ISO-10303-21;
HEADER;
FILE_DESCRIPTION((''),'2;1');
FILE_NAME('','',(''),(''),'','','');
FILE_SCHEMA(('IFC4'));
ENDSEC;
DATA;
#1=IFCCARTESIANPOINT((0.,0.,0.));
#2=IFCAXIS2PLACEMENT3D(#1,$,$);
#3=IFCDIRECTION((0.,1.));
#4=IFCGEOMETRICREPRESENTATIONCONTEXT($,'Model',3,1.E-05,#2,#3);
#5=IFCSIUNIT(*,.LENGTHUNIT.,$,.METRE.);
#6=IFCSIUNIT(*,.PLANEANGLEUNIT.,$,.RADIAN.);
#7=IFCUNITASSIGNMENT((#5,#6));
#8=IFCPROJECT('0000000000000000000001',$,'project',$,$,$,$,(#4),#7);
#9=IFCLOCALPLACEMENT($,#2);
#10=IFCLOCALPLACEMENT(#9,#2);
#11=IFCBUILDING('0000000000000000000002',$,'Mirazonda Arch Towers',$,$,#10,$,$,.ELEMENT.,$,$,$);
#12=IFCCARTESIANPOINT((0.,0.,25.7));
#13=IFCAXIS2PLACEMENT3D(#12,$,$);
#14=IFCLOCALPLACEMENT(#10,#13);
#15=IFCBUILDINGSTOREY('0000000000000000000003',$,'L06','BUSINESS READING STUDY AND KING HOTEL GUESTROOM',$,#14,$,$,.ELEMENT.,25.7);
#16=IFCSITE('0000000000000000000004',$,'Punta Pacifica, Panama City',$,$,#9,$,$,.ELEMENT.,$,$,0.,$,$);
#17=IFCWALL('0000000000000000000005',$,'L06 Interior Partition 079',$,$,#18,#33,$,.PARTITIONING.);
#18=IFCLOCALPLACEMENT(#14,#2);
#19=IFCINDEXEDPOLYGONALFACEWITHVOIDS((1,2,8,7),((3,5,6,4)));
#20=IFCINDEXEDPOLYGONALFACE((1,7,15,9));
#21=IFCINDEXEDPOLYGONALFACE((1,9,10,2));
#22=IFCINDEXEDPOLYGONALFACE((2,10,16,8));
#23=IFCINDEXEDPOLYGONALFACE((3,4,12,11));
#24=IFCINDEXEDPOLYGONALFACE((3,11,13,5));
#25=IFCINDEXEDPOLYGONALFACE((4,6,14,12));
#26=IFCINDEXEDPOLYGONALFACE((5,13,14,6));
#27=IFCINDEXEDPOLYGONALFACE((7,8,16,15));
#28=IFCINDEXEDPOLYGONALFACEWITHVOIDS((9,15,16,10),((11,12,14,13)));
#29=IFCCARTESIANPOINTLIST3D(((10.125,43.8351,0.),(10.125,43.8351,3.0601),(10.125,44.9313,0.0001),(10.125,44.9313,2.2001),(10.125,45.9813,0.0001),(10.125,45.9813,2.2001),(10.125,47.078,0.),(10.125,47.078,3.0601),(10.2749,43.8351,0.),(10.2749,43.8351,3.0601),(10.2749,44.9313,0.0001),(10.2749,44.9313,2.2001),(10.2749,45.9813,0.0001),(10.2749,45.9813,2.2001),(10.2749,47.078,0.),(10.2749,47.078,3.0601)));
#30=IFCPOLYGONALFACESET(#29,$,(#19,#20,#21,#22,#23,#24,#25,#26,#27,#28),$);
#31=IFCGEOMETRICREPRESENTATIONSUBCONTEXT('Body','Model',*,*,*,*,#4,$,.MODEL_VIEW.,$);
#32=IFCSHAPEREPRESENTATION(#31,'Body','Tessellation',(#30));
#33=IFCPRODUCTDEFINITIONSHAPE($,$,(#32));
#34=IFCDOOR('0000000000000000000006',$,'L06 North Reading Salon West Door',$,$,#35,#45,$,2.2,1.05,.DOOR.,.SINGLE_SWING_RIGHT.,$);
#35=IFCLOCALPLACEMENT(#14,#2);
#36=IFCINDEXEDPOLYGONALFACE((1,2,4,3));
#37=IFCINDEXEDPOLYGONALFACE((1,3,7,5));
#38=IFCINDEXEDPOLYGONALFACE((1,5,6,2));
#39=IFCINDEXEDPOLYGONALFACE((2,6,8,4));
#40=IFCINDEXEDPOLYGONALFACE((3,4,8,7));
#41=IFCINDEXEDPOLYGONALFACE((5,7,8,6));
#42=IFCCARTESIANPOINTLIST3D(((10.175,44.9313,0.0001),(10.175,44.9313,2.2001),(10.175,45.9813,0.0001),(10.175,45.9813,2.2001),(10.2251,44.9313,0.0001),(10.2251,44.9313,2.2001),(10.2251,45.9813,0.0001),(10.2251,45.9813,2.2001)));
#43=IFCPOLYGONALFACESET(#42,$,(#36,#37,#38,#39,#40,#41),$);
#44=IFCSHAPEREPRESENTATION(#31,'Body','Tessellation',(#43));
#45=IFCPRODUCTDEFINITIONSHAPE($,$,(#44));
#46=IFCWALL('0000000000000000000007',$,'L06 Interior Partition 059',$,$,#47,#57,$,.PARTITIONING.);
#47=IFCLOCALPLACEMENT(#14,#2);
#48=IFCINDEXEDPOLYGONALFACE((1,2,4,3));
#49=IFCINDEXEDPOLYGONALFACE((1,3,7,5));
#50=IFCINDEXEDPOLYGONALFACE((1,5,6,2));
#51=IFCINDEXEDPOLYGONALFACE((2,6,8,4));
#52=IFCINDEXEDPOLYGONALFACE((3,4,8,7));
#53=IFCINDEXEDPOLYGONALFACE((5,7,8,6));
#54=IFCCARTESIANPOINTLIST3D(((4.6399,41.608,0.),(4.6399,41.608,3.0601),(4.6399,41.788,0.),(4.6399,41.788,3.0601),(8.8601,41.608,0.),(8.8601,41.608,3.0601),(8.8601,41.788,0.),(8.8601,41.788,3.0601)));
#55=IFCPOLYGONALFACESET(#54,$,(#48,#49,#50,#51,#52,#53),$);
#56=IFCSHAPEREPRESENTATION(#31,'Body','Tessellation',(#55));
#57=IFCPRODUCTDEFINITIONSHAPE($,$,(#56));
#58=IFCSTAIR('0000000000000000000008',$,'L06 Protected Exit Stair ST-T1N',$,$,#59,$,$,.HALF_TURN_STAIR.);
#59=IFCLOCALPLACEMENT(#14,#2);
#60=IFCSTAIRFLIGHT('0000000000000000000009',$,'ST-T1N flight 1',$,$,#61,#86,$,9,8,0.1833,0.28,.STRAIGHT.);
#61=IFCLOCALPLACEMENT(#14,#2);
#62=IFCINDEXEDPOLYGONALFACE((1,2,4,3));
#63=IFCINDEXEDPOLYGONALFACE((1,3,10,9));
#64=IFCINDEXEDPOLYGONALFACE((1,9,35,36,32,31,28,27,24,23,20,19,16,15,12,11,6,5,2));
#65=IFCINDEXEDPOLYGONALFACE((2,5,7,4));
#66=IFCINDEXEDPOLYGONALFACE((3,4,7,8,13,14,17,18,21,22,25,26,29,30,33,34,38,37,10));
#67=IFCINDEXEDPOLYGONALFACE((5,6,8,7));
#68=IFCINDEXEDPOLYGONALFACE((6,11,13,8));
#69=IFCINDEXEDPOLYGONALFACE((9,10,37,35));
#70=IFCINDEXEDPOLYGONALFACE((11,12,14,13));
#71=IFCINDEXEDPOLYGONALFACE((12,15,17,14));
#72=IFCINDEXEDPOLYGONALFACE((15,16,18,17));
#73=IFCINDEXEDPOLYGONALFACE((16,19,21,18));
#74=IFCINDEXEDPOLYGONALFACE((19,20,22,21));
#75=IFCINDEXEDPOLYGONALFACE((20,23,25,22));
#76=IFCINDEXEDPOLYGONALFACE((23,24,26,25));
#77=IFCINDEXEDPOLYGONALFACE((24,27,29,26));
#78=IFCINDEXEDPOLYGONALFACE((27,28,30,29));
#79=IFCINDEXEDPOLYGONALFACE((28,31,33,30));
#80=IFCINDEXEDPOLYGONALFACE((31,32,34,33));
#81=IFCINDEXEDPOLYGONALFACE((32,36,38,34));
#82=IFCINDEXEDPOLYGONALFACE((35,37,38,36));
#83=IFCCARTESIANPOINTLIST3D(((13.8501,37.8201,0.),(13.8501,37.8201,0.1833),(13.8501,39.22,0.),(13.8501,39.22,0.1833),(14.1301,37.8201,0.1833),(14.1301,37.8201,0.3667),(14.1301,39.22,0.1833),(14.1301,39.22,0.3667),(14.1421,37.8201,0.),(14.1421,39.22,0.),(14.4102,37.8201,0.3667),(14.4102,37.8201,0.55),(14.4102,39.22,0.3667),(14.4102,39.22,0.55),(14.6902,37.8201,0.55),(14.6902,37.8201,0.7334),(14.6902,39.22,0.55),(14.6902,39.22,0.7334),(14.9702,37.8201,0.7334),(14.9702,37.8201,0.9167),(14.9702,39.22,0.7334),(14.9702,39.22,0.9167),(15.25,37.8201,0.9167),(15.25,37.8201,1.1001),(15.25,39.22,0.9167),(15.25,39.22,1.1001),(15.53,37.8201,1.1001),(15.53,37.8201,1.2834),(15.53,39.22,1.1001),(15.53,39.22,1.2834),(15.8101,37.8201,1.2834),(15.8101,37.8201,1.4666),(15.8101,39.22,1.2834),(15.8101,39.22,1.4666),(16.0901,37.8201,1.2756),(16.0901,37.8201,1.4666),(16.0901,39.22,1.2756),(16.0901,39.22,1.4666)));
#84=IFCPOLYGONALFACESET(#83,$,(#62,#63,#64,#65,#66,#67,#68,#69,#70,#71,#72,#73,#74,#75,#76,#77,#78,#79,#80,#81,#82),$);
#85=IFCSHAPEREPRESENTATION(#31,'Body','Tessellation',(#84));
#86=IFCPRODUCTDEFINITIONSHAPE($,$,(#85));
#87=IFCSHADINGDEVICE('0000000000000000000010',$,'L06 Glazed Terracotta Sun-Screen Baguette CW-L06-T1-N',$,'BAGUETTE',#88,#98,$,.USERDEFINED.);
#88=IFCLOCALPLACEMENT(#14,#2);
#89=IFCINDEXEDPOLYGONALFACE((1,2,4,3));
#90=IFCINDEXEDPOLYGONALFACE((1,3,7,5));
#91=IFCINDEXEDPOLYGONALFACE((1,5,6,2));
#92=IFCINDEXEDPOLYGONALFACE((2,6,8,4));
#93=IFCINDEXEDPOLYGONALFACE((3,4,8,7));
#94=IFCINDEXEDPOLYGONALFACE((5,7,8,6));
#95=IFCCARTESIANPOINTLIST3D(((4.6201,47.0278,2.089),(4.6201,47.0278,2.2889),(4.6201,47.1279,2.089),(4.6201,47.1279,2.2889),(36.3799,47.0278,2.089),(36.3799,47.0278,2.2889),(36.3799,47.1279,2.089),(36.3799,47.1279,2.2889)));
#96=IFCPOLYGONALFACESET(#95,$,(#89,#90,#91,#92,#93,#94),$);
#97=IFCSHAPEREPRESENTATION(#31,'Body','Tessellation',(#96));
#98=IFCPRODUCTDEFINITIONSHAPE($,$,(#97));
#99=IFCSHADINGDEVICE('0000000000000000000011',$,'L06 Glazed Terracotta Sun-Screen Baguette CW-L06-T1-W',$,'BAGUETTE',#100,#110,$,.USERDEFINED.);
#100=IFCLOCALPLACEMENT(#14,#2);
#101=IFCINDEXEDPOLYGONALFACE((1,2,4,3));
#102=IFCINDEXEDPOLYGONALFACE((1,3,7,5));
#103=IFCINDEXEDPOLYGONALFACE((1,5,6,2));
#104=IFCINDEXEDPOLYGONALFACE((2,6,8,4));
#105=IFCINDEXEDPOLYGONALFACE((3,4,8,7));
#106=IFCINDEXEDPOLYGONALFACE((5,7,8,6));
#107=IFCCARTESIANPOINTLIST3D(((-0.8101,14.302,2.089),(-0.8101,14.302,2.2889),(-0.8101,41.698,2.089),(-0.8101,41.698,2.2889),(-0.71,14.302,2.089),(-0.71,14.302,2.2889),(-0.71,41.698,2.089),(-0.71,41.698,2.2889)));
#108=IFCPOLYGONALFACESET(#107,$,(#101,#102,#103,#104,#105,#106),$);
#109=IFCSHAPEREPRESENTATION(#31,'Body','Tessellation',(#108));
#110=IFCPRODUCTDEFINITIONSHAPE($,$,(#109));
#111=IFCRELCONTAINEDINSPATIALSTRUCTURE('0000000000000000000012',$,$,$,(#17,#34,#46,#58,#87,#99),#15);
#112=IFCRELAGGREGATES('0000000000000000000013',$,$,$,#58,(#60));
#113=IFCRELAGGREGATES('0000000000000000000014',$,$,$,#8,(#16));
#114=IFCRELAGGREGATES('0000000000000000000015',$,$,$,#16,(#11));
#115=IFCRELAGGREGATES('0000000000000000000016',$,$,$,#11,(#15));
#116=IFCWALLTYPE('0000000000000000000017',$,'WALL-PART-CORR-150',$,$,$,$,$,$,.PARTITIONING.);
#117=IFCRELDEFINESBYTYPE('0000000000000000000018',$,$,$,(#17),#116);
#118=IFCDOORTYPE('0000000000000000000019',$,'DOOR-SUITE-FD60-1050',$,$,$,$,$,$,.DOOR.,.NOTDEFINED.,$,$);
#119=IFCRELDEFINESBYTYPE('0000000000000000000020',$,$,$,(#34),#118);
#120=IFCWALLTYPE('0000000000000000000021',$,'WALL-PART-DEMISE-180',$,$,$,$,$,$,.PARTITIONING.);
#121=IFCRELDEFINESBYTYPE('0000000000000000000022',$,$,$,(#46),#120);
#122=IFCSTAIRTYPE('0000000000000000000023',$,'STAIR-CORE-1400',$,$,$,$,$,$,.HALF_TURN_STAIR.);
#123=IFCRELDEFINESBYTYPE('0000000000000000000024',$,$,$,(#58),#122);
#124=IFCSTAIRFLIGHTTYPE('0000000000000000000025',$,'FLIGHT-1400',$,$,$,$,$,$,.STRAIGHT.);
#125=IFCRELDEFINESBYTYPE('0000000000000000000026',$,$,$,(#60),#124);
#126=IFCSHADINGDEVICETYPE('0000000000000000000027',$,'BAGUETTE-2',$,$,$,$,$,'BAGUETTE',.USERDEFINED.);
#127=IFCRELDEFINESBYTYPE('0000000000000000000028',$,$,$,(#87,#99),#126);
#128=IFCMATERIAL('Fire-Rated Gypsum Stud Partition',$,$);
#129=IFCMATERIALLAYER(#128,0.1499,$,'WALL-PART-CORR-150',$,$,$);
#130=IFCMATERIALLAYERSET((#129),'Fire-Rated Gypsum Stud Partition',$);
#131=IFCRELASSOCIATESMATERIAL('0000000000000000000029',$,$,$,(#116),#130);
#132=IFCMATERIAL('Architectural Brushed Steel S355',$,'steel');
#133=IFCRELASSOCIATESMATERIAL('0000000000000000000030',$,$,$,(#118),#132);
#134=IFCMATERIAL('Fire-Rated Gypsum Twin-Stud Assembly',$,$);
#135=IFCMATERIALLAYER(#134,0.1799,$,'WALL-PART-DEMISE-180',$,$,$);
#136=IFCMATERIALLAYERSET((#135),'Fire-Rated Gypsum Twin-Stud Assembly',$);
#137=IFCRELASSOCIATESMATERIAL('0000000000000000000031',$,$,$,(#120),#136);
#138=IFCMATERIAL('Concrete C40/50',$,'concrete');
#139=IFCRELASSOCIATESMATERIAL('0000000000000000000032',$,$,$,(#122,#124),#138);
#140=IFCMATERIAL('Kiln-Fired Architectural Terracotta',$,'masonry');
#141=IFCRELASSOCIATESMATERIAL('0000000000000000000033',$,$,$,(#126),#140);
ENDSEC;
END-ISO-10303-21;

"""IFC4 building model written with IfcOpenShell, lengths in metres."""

from ifc_helpers import new_model, si_unit, direction, frame, frame_2d, origin, origin_2d, place, context, subcontext, project, spatial, polyline, rectangle, outline, extrude, material, layer, layer_set, material_profile, profile_set, type_object, element, fill, aggregate, save


model = new_model("IFC4")

# Units and contexts
model_context = context("Model", 3, precision=1e-05, world=origin(), true_north=direction((0.0, 1.0)))
body_context = subcontext(model_context, "Body", "Model", "MODEL_VIEW")
ifc_project = project(units=[si_unit("LENGTHUNIT", "METRE"), si_unit("PLANEANGLEUNIT", "RADIAN")], contexts=[model_context])

# Site, building, storey
site_placement = place(None, origin())
site = spatial("IfcSite", under=ifc_project, at=site_placement, Name="Punta Pacifica, Panama City", CompositionType="ELEMENT", RefElevation=0.0)
building_placement = place(site_placement, origin())
building = spatial("IfcBuilding", under=site, at=building_placement, Name="Mirazonda Arch Towers", CompositionType="ELEMENT")
storey_placement = place(building_placement, frame((0.0, 0.0, 25.7)))
storey = spatial("IfcBuildingStorey", under=building, at=storey_placement, Name="L06", Description="BUSINESS READING STUDY AND KING HOTEL GUESTROOM", CompositionType="ELEMENT", Elevation=25.7)

# Shared definitions
ifc_material_1 = material(Name="Fire-Rated Gypsum Stud Partition")
ifc_layer_1 = layer(ifc_material_1, 0.1499, Name="WALL-PART-CORR-150")
ifc_layer_set_1 = layer_set([ifc_layer_1], Name="Fire-Rated Gypsum Stud Partition")
wall_type_1 = type_object("IfcWallType", Name="WALL-PART-CORR-150", PredefinedType="PARTITIONING", material=ifc_layer_set_1)

# Wall, opening, door
wall_1_placement = place(storey_placement, frame((10.2, 43.835, 0.0), z_axis=(0.0, 0.0, 1.0), x_axis=(0.0, 1.0, 0.0)))
wall_1 = element("IfcWall", 1, at=wall_1_placement, inside=storey, type_object=wall_type_1, Name="L06 Interior Partition 079", PredefinedType="PARTITIONING", context=body_context, shape_type="SweptSolid", body=[
    extrude(rectangle(XDim=3.2429, YDim=0.1499, at=frame_2d((1.6216, 0.0))), origin(), (0.0, 0.0, 1.0), 3.0601),
])
opening_1_placement = place(wall_1_placement, frame((1.0964, 0.0, 0.0)))
opening_1 = element("IfcOpeningElement", 2, at=opening_1_placement, cuts=wall_1, PredefinedType="OPENING", context=body_context, shape_type="SweptSolid", body=[
    extrude(rectangle(XDim=1.05, YDim=2.2, at=frame_2d((0.5249, 1.1001))), frame((0.0, 0.085, 0.0), z_axis=(0.0, -1.0, 0.0), x_axis=(1.0, 0.0, 0.0)), (0.0, 0.0, 1.0), 0.1699),
])
ifc_material_2 = material(Name="Architectural Brushed Steel S355", Category="steel")
door_type_1 = type_object("IfcDoorType", Name="DOOR-SUITE-FD60-1050", OperationType="NOTDEFINED", PredefinedType="DOOR", material=ifc_material_2)
door_1_placement = place(opening_1_placement, origin())
door_1 = element("IfcDoor", 3, at=door_1_placement, inside=storey, type_object=door_type_1, Name="L06 North Reading Salon West Door", OperationType="SINGLE_SWING_RIGHT", OverallHeight=2.2, OverallWidth=1.05, PredefinedType="DOOR", context=body_context, shape_type="SweptSolid", body=[
    extrude(rectangle(XDim=1.05, YDim=2.2, at=frame_2d((0.5249, 1.1001))), frame((0.0, 0.0249, 0.0), z_axis=(0.0, -1.0, 0.0), x_axis=(1.0, 0.0, 0.0)), (0.0, 0.0, 1.0), 0.05),
])
fill(opening_1, door_1)

# Wall
ifc_material_3 = material(Name="Fire-Rated Gypsum Twin-Stud Assembly")
ifc_layer_2 = layer(ifc_material_3, 0.1799, Name="WALL-PART-DEMISE-180")
ifc_layer_set_2 = layer_set([ifc_layer_2], Name="Fire-Rated Gypsum Twin-Stud Assembly")
wall_type_2 = type_object("IfcWallType", Name="WALL-PART-DEMISE-180", PredefinedType="PARTITIONING", material=ifc_layer_set_2)
wall_2_placement = place(storey_placement, frame((4.6399, 41.698, 0.0), z_axis=(0.0, 0.0, 1.0), x_axis=(1.0, 0.0, 0.0)))
element("IfcWall", 4, at=wall_2_placement, inside=storey, type_object=wall_type_2, Name="L06 Interior Partition 059", PredefinedType="PARTITIONING", context=body_context, shape_type="SweptSolid", body=[
    extrude(rectangle(XDim=4.2202, YDim=0.1799, at=frame_2d((2.1101, 0.0))), origin(), (0.0, 0.0, 1.0), 3.0601),
])

# Stair, stair flight
ifc_material_4 = material(Name="Concrete C40/50", Category="concrete")
stair_type = type_object("IfcStairType", Name="STAIR-CORE-1400", PredefinedType="HALF_TURN_STAIR", material=ifc_material_4)
stair_placement = place(storey_placement, origin())
stair = element("IfcStair", 5, at=stair_placement, inside=storey, type_object=stair_type, Name="L06 Protected Exit Stair ST-T1N", PredefinedType="HALF_TURN_STAIR")
stair_flight_type = type_object("IfcStairFlightType", Name="FLIGHT-1400", PredefinedType="STRAIGHT", material=ifc_material_4)
stair_flight_placement = place(storey_placement, frame((13.8501, 38.52, 0.0), z_axis=(0.0, 0.0, 1.0), x_axis=(1.0, 0.0, 0.0)))
stair_flight = element("IfcStairFlight", 6, at=stair_flight_placement, type_object=stair_flight_type, Name="ST-T1N flight 1", NumberOfRisers=9, NumberOfTreads=8, PredefinedType="STRAIGHT", RiserHeight=0.1833, TreadLength=0.28, context=body_context, shape_type="SweptSolid", body=[
    extrude(outline(polyline([(0.0, 0.0), (0.0, 0.1833), (0.28, 0.1833), (0.28, 0.3667), (0.5601, 0.3667), (0.5601, 0.55), (0.8401, 0.55), (0.8401, 0.7334), (1.1201, 0.7334), (1.1201, 0.9167), (1.3999, 0.9167), (1.3999, 1.1001), (1.6799, 1.1001), (1.6799, 1.2834), (1.96, 1.2834), (1.96, 1.4666), (2.24, 1.4666), (2.24, 1.6499), (2.24, 1.2756), (0.292, 0.0), (0.0, 0.0)])), frame((0.0, 0.7, 0.0), z_axis=(0.0, -1.0, 0.0), x_axis=(1.0, 0.0, 0.0)), (0.0, 0.0, 1.0), 1.3999),
])
aggregate(stair, [stair_flight])

# Shading devices
ifc_material_5 = material(Name="Kiln-Fired Architectural Terracotta", Category="masonry")
ifc_material_profile_1 = material_profile(ifc_material_5, rectangle(XDim=0.1001, YDim=0.2, at=origin_2d()), Name="TERRA-BAG-100x200")
ifc_profile_set_1 = profile_set([ifc_material_profile_1], Name="Kiln-Fired Architectural Terracotta")
shading_device_type = type_object("IfcShadingDeviceType", Name="BAGUETTE-2", ElementType="BAGUETTE", PredefinedType="USERDEFINED", material=ifc_profile_set_1)
shading_device_1_placement = place(storey_placement, frame((4.6201, 47.0779, 2.189), z_axis=(1.0, 0.0, 0.0), x_axis=(0.0, 1.0, 0.0)))
element("IfcShadingDevice", 7, at=shading_device_1_placement, inside=storey, type_object=shading_device_type, Name="L06 Glazed Terracotta Sun-Screen Baguette CW-L06-T1-N", ObjectType="BAGUETTE", PredefinedType="USERDEFINED", context=body_context, shape_type="SweptSolid", body=[
    extrude(rectangle(XDim=0.1001, YDim=0.2, at=origin_2d()), origin(), (0.0, 0.0, 1.0), 31.7598),
])
shading_device_2_placement = place(storey_placement, frame((-0.76, 41.698, 2.189), z_axis=(0.0, -1.0, 0.0), x_axis=(1.0, 0.0, 0.0)))
element("IfcShadingDevice", 8, at=shading_device_2_placement, inside=storey, type_object=shading_device_type, Name="L06 Glazed Terracotta Sun-Screen Baguette CW-L06-T1-W", ObjectType="BAGUETTE", PredefinedType="USERDEFINED", context=body_context, shape_type="SweptSolid", body=[
    extrude(rectangle(XDim=0.1001, YDim=0.2, at=origin_2d()), origin(), (0.0, 0.0, 1.0), 27.396),
])

save(model, "model.ifc")
